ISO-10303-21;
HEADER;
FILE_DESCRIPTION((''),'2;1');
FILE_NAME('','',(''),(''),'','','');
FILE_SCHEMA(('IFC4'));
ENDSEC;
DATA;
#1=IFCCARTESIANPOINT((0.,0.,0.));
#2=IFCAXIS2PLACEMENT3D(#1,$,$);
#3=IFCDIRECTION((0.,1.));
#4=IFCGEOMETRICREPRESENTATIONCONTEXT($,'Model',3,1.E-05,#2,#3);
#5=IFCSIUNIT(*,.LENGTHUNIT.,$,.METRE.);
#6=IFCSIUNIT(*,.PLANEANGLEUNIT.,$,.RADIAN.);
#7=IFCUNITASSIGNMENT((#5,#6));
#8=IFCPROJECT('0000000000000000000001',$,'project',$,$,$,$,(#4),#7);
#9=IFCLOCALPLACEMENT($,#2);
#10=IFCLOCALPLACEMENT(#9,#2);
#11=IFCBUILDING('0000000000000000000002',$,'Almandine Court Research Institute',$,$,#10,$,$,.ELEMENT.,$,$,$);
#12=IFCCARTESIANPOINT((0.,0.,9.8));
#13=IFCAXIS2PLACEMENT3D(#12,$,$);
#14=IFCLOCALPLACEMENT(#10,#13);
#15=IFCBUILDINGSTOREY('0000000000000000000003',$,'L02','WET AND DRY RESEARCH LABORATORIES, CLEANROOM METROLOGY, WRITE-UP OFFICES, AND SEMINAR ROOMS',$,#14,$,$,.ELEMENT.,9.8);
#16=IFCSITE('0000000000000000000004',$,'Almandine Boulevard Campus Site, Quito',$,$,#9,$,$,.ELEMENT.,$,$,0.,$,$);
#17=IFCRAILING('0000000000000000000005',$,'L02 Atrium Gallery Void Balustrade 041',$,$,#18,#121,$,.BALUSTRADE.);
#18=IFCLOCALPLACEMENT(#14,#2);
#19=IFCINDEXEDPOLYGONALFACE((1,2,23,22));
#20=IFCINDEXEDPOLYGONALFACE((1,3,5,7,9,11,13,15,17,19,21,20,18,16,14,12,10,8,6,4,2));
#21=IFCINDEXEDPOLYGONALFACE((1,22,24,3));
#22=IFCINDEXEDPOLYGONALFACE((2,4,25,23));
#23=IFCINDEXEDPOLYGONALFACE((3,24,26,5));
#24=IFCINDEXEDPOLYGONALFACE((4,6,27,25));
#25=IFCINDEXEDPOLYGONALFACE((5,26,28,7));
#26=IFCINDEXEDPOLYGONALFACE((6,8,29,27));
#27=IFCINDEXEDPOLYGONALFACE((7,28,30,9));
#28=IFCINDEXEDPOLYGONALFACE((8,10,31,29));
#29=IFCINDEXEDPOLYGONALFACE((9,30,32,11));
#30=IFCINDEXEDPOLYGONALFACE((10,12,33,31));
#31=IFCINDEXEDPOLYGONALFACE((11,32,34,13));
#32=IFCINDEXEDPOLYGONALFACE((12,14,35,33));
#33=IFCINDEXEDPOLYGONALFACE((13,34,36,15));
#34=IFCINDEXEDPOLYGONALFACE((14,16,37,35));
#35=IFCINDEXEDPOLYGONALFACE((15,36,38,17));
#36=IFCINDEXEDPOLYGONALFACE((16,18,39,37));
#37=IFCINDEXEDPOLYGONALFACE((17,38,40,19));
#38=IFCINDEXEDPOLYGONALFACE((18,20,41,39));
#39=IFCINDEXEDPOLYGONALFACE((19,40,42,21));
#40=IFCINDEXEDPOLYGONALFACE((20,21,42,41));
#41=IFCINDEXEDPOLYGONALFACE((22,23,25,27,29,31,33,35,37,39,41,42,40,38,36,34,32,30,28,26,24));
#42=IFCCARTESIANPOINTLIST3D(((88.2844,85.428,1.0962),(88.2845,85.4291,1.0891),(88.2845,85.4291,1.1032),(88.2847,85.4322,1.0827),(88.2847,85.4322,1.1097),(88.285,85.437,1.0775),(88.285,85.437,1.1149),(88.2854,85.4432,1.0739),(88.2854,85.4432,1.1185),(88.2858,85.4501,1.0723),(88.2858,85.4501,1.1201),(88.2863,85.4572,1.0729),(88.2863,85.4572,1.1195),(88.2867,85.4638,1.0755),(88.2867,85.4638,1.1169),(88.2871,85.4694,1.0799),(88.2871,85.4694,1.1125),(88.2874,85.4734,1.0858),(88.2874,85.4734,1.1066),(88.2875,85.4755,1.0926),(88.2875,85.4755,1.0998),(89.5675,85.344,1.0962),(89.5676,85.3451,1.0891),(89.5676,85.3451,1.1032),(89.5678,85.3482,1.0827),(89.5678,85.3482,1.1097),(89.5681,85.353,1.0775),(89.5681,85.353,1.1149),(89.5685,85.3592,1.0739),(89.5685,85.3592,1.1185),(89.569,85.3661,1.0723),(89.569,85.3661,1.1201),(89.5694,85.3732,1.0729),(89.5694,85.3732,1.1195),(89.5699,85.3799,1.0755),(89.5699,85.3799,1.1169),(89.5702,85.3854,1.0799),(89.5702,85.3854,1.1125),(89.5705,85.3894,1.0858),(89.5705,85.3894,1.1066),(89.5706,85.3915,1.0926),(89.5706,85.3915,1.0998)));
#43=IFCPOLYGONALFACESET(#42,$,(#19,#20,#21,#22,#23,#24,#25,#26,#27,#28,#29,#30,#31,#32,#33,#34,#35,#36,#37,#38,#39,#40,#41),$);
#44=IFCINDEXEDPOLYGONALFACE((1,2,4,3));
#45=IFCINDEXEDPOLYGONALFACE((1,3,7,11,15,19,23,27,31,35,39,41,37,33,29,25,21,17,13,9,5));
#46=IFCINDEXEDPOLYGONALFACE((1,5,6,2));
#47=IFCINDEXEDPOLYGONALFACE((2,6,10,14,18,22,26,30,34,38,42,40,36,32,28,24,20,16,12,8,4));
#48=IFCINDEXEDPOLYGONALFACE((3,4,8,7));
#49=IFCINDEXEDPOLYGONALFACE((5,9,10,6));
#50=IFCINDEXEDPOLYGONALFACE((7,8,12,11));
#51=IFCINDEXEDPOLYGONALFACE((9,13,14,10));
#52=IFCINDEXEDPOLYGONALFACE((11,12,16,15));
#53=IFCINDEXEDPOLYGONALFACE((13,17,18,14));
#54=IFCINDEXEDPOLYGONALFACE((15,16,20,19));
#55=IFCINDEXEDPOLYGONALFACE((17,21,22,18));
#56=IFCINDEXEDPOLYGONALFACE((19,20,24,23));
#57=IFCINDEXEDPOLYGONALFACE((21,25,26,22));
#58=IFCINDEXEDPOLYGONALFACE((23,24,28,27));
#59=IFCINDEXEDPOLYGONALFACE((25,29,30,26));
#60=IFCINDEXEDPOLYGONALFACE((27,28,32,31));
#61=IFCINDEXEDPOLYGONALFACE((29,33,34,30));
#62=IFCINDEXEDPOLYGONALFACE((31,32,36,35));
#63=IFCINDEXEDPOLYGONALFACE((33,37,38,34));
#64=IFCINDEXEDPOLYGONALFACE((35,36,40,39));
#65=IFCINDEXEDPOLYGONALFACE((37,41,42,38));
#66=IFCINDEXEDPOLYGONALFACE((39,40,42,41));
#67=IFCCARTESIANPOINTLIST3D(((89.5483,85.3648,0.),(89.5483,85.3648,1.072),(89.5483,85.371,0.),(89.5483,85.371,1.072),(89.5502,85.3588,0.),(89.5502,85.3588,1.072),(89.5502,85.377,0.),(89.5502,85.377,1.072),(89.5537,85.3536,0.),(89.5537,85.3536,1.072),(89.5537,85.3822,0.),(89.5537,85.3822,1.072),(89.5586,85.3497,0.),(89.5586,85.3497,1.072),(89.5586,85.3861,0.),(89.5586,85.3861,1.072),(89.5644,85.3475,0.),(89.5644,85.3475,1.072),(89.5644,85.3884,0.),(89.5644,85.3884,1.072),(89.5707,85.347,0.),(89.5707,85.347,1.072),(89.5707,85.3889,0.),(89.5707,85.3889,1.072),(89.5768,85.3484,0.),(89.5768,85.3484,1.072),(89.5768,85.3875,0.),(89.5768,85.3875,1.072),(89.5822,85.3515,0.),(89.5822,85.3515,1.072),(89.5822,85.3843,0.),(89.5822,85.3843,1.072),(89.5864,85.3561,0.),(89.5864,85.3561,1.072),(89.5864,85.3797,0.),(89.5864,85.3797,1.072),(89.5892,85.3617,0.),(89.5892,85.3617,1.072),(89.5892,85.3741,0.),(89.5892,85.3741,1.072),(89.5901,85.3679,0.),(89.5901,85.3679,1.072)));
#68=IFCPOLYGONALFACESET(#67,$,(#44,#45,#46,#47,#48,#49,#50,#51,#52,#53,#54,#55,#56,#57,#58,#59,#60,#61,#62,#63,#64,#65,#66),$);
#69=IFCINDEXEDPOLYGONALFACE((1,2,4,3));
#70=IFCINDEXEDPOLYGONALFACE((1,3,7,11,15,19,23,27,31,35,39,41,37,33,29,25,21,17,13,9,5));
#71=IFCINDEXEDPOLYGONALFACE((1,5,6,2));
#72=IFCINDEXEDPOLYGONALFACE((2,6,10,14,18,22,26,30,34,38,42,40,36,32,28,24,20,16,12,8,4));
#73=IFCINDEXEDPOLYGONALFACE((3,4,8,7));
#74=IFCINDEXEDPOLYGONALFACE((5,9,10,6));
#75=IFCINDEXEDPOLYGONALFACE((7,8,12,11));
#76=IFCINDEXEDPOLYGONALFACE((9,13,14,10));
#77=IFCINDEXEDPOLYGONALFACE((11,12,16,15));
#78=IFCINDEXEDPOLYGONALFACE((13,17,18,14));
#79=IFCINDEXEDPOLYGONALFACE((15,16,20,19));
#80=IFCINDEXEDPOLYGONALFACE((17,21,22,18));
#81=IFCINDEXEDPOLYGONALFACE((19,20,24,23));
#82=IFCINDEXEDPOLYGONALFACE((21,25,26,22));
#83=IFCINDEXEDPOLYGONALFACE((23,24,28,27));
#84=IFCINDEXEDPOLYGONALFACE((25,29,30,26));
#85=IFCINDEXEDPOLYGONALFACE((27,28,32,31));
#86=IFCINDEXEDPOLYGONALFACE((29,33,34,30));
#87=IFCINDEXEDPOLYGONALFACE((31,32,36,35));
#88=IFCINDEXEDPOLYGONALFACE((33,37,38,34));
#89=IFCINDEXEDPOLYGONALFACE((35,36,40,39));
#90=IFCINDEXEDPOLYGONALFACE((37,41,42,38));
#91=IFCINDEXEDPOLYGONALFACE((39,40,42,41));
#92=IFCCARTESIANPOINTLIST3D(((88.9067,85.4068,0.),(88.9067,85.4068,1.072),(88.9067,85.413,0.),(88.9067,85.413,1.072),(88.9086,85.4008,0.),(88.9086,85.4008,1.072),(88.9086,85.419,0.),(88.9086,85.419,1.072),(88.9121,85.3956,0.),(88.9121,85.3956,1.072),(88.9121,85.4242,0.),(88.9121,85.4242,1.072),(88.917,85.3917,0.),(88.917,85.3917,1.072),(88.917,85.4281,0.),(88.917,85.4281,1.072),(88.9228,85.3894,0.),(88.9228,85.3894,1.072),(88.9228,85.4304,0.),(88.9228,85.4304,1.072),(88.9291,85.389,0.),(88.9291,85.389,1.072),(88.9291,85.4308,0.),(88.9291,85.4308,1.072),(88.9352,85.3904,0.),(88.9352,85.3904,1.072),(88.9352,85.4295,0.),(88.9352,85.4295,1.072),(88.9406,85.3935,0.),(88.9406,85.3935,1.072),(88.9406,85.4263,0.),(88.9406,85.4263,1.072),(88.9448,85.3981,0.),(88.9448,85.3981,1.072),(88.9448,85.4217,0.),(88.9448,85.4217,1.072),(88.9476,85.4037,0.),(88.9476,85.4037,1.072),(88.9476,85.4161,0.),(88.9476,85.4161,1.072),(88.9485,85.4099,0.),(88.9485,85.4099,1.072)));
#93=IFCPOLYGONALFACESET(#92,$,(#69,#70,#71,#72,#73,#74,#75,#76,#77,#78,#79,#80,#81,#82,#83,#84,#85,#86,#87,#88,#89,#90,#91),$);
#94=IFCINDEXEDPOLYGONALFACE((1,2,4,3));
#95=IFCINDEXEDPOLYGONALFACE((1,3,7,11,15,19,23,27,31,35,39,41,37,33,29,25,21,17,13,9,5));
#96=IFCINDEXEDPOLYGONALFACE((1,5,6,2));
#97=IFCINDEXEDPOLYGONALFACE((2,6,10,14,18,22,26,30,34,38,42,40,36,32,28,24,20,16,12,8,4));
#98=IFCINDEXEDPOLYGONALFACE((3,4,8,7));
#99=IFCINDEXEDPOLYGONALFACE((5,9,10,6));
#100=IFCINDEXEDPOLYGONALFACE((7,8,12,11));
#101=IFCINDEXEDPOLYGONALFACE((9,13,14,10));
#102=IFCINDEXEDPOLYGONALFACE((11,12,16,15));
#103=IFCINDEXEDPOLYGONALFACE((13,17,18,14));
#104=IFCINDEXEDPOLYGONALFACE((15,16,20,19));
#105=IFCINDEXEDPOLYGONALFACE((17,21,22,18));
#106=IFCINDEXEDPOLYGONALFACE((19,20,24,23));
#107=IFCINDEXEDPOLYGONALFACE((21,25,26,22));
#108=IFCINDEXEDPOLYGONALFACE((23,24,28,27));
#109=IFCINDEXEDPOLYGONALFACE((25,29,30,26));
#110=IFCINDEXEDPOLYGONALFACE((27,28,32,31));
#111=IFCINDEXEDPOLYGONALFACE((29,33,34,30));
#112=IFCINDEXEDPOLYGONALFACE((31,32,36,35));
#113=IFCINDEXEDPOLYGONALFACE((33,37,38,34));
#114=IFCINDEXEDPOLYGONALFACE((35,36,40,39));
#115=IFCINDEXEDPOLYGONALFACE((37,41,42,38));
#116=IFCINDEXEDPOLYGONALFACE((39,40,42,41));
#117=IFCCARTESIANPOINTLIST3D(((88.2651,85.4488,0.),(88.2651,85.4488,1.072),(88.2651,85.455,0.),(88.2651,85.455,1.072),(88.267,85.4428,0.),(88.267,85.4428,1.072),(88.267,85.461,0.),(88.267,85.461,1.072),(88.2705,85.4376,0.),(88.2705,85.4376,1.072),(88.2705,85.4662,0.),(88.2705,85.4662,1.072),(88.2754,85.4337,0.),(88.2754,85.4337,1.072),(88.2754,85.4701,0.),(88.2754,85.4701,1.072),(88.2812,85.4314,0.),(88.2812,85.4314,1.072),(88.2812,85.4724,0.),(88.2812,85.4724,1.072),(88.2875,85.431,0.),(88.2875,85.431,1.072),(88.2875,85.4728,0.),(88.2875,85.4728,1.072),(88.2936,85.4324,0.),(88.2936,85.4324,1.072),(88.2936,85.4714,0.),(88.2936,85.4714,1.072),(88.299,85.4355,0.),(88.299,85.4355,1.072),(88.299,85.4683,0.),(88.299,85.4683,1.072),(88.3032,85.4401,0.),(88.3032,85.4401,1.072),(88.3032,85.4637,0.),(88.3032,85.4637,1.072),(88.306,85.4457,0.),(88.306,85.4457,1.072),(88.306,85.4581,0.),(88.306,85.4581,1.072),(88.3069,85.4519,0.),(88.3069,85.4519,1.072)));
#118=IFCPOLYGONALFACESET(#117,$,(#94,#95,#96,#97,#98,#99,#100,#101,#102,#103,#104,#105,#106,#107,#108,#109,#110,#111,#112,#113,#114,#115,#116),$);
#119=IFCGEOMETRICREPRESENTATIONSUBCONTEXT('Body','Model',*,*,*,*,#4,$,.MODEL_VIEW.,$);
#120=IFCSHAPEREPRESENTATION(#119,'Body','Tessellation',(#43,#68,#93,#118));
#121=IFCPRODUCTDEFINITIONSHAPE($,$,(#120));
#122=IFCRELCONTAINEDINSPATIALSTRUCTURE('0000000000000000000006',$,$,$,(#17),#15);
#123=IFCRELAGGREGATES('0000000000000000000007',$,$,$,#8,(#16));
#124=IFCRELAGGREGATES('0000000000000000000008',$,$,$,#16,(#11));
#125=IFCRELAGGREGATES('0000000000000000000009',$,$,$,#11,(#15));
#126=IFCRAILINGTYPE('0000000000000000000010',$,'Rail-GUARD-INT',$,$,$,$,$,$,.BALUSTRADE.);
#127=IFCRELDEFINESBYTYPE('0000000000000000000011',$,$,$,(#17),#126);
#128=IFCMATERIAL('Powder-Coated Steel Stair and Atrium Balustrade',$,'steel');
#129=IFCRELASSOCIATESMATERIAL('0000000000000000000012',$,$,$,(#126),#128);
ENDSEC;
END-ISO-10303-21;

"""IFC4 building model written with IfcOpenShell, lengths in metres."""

from ifc_helpers import new_model, si_unit, direction, frame, origin, origin_2d, place, context, subcontext, project, spatial, circle, extrude, material, type_object, element, save


model = new_model("IFC4")

# Units and contexts
model_context = context("Model", 3, precision=1e-05, world=origin(), true_north=direction((0.0, 1.0)))
body_context = subcontext(model_context, "Body", "Model", "MODEL_VIEW")
ifc_project = project(units=[si_unit("LENGTHUNIT", "METRE"), si_unit("PLANEANGLEUNIT", "RADIAN")], contexts=[model_context])

# Site, building, storey
site_placement = place(None, origin())
site = spatial("IfcSite", under=ifc_project, at=site_placement, Name="Almandine Boulevard Campus Site, Quito", CompositionType="ELEMENT", RefElevation=0.0)
building_placement = place(site_placement, origin())
building = spatial("IfcBuilding", under=site, at=building_placement, Name="Almandine Court Research Institute", CompositionType="ELEMENT")
storey_placement = place(building_placement, frame((0.0, 0.0, 9.8)))
storey = spatial("IfcBuildingStorey", under=building, at=storey_placement, Name="L02", Description="WET AND DRY RESEARCH LABORATORIES, CLEANROOM METROLOGY, WRITE-UP OFFICES, AND SEMINAR ROOMS", CompositionType="ELEMENT", Elevation=9.8)

# Railing
ifc_material_1 = material(Name="Powder-Coated Steel Stair and Atrium Balustrade", Category="steel")
railing_type_1 = type_object("IfcRailingType", Name="Rail-GUARD-INT", PredefinedType="BALUSTRADE", material=ifc_material_1)
railing_1_placement = place(storey_placement, frame((89.5691, 85.3679, 0.0)))
element("IfcRailing", 1, at=railing_1_placement, inside=storey, type_object=railing_type_1, Name="L02 Atrium Gallery Void Balustrade 041", PredefinedType="BALUSTRADE", context=body_context, shape_type="SweptSolid", body=[
    extrude(circle(Radius=0.0239, at=origin_2d()), frame((0.0, 0.0, 1.0962), z_axis=(-0.997865, 0.065309, 0.0), x_axis=(-0.065309, -0.997865, 0.0)), (0.0, 0.0, 1.0), 1.2859),
    extrude(circle(Radius=0.021, at=origin_2d()), origin(), (0.0, 0.0, 1.0), 1.072),
    extrude(circle(Radius=0.021, at=origin_2d()), frame((-0.6416, 0.042, 0.0)), (0.0, 0.0, 1.0), 1.072),
    extrude(circle(Radius=0.021, at=origin_2d()), frame((-1.2832, 0.084, 0.0)), (0.0, 0.0, 1.0), 1.072),
])

save(model, "model.ifc")
